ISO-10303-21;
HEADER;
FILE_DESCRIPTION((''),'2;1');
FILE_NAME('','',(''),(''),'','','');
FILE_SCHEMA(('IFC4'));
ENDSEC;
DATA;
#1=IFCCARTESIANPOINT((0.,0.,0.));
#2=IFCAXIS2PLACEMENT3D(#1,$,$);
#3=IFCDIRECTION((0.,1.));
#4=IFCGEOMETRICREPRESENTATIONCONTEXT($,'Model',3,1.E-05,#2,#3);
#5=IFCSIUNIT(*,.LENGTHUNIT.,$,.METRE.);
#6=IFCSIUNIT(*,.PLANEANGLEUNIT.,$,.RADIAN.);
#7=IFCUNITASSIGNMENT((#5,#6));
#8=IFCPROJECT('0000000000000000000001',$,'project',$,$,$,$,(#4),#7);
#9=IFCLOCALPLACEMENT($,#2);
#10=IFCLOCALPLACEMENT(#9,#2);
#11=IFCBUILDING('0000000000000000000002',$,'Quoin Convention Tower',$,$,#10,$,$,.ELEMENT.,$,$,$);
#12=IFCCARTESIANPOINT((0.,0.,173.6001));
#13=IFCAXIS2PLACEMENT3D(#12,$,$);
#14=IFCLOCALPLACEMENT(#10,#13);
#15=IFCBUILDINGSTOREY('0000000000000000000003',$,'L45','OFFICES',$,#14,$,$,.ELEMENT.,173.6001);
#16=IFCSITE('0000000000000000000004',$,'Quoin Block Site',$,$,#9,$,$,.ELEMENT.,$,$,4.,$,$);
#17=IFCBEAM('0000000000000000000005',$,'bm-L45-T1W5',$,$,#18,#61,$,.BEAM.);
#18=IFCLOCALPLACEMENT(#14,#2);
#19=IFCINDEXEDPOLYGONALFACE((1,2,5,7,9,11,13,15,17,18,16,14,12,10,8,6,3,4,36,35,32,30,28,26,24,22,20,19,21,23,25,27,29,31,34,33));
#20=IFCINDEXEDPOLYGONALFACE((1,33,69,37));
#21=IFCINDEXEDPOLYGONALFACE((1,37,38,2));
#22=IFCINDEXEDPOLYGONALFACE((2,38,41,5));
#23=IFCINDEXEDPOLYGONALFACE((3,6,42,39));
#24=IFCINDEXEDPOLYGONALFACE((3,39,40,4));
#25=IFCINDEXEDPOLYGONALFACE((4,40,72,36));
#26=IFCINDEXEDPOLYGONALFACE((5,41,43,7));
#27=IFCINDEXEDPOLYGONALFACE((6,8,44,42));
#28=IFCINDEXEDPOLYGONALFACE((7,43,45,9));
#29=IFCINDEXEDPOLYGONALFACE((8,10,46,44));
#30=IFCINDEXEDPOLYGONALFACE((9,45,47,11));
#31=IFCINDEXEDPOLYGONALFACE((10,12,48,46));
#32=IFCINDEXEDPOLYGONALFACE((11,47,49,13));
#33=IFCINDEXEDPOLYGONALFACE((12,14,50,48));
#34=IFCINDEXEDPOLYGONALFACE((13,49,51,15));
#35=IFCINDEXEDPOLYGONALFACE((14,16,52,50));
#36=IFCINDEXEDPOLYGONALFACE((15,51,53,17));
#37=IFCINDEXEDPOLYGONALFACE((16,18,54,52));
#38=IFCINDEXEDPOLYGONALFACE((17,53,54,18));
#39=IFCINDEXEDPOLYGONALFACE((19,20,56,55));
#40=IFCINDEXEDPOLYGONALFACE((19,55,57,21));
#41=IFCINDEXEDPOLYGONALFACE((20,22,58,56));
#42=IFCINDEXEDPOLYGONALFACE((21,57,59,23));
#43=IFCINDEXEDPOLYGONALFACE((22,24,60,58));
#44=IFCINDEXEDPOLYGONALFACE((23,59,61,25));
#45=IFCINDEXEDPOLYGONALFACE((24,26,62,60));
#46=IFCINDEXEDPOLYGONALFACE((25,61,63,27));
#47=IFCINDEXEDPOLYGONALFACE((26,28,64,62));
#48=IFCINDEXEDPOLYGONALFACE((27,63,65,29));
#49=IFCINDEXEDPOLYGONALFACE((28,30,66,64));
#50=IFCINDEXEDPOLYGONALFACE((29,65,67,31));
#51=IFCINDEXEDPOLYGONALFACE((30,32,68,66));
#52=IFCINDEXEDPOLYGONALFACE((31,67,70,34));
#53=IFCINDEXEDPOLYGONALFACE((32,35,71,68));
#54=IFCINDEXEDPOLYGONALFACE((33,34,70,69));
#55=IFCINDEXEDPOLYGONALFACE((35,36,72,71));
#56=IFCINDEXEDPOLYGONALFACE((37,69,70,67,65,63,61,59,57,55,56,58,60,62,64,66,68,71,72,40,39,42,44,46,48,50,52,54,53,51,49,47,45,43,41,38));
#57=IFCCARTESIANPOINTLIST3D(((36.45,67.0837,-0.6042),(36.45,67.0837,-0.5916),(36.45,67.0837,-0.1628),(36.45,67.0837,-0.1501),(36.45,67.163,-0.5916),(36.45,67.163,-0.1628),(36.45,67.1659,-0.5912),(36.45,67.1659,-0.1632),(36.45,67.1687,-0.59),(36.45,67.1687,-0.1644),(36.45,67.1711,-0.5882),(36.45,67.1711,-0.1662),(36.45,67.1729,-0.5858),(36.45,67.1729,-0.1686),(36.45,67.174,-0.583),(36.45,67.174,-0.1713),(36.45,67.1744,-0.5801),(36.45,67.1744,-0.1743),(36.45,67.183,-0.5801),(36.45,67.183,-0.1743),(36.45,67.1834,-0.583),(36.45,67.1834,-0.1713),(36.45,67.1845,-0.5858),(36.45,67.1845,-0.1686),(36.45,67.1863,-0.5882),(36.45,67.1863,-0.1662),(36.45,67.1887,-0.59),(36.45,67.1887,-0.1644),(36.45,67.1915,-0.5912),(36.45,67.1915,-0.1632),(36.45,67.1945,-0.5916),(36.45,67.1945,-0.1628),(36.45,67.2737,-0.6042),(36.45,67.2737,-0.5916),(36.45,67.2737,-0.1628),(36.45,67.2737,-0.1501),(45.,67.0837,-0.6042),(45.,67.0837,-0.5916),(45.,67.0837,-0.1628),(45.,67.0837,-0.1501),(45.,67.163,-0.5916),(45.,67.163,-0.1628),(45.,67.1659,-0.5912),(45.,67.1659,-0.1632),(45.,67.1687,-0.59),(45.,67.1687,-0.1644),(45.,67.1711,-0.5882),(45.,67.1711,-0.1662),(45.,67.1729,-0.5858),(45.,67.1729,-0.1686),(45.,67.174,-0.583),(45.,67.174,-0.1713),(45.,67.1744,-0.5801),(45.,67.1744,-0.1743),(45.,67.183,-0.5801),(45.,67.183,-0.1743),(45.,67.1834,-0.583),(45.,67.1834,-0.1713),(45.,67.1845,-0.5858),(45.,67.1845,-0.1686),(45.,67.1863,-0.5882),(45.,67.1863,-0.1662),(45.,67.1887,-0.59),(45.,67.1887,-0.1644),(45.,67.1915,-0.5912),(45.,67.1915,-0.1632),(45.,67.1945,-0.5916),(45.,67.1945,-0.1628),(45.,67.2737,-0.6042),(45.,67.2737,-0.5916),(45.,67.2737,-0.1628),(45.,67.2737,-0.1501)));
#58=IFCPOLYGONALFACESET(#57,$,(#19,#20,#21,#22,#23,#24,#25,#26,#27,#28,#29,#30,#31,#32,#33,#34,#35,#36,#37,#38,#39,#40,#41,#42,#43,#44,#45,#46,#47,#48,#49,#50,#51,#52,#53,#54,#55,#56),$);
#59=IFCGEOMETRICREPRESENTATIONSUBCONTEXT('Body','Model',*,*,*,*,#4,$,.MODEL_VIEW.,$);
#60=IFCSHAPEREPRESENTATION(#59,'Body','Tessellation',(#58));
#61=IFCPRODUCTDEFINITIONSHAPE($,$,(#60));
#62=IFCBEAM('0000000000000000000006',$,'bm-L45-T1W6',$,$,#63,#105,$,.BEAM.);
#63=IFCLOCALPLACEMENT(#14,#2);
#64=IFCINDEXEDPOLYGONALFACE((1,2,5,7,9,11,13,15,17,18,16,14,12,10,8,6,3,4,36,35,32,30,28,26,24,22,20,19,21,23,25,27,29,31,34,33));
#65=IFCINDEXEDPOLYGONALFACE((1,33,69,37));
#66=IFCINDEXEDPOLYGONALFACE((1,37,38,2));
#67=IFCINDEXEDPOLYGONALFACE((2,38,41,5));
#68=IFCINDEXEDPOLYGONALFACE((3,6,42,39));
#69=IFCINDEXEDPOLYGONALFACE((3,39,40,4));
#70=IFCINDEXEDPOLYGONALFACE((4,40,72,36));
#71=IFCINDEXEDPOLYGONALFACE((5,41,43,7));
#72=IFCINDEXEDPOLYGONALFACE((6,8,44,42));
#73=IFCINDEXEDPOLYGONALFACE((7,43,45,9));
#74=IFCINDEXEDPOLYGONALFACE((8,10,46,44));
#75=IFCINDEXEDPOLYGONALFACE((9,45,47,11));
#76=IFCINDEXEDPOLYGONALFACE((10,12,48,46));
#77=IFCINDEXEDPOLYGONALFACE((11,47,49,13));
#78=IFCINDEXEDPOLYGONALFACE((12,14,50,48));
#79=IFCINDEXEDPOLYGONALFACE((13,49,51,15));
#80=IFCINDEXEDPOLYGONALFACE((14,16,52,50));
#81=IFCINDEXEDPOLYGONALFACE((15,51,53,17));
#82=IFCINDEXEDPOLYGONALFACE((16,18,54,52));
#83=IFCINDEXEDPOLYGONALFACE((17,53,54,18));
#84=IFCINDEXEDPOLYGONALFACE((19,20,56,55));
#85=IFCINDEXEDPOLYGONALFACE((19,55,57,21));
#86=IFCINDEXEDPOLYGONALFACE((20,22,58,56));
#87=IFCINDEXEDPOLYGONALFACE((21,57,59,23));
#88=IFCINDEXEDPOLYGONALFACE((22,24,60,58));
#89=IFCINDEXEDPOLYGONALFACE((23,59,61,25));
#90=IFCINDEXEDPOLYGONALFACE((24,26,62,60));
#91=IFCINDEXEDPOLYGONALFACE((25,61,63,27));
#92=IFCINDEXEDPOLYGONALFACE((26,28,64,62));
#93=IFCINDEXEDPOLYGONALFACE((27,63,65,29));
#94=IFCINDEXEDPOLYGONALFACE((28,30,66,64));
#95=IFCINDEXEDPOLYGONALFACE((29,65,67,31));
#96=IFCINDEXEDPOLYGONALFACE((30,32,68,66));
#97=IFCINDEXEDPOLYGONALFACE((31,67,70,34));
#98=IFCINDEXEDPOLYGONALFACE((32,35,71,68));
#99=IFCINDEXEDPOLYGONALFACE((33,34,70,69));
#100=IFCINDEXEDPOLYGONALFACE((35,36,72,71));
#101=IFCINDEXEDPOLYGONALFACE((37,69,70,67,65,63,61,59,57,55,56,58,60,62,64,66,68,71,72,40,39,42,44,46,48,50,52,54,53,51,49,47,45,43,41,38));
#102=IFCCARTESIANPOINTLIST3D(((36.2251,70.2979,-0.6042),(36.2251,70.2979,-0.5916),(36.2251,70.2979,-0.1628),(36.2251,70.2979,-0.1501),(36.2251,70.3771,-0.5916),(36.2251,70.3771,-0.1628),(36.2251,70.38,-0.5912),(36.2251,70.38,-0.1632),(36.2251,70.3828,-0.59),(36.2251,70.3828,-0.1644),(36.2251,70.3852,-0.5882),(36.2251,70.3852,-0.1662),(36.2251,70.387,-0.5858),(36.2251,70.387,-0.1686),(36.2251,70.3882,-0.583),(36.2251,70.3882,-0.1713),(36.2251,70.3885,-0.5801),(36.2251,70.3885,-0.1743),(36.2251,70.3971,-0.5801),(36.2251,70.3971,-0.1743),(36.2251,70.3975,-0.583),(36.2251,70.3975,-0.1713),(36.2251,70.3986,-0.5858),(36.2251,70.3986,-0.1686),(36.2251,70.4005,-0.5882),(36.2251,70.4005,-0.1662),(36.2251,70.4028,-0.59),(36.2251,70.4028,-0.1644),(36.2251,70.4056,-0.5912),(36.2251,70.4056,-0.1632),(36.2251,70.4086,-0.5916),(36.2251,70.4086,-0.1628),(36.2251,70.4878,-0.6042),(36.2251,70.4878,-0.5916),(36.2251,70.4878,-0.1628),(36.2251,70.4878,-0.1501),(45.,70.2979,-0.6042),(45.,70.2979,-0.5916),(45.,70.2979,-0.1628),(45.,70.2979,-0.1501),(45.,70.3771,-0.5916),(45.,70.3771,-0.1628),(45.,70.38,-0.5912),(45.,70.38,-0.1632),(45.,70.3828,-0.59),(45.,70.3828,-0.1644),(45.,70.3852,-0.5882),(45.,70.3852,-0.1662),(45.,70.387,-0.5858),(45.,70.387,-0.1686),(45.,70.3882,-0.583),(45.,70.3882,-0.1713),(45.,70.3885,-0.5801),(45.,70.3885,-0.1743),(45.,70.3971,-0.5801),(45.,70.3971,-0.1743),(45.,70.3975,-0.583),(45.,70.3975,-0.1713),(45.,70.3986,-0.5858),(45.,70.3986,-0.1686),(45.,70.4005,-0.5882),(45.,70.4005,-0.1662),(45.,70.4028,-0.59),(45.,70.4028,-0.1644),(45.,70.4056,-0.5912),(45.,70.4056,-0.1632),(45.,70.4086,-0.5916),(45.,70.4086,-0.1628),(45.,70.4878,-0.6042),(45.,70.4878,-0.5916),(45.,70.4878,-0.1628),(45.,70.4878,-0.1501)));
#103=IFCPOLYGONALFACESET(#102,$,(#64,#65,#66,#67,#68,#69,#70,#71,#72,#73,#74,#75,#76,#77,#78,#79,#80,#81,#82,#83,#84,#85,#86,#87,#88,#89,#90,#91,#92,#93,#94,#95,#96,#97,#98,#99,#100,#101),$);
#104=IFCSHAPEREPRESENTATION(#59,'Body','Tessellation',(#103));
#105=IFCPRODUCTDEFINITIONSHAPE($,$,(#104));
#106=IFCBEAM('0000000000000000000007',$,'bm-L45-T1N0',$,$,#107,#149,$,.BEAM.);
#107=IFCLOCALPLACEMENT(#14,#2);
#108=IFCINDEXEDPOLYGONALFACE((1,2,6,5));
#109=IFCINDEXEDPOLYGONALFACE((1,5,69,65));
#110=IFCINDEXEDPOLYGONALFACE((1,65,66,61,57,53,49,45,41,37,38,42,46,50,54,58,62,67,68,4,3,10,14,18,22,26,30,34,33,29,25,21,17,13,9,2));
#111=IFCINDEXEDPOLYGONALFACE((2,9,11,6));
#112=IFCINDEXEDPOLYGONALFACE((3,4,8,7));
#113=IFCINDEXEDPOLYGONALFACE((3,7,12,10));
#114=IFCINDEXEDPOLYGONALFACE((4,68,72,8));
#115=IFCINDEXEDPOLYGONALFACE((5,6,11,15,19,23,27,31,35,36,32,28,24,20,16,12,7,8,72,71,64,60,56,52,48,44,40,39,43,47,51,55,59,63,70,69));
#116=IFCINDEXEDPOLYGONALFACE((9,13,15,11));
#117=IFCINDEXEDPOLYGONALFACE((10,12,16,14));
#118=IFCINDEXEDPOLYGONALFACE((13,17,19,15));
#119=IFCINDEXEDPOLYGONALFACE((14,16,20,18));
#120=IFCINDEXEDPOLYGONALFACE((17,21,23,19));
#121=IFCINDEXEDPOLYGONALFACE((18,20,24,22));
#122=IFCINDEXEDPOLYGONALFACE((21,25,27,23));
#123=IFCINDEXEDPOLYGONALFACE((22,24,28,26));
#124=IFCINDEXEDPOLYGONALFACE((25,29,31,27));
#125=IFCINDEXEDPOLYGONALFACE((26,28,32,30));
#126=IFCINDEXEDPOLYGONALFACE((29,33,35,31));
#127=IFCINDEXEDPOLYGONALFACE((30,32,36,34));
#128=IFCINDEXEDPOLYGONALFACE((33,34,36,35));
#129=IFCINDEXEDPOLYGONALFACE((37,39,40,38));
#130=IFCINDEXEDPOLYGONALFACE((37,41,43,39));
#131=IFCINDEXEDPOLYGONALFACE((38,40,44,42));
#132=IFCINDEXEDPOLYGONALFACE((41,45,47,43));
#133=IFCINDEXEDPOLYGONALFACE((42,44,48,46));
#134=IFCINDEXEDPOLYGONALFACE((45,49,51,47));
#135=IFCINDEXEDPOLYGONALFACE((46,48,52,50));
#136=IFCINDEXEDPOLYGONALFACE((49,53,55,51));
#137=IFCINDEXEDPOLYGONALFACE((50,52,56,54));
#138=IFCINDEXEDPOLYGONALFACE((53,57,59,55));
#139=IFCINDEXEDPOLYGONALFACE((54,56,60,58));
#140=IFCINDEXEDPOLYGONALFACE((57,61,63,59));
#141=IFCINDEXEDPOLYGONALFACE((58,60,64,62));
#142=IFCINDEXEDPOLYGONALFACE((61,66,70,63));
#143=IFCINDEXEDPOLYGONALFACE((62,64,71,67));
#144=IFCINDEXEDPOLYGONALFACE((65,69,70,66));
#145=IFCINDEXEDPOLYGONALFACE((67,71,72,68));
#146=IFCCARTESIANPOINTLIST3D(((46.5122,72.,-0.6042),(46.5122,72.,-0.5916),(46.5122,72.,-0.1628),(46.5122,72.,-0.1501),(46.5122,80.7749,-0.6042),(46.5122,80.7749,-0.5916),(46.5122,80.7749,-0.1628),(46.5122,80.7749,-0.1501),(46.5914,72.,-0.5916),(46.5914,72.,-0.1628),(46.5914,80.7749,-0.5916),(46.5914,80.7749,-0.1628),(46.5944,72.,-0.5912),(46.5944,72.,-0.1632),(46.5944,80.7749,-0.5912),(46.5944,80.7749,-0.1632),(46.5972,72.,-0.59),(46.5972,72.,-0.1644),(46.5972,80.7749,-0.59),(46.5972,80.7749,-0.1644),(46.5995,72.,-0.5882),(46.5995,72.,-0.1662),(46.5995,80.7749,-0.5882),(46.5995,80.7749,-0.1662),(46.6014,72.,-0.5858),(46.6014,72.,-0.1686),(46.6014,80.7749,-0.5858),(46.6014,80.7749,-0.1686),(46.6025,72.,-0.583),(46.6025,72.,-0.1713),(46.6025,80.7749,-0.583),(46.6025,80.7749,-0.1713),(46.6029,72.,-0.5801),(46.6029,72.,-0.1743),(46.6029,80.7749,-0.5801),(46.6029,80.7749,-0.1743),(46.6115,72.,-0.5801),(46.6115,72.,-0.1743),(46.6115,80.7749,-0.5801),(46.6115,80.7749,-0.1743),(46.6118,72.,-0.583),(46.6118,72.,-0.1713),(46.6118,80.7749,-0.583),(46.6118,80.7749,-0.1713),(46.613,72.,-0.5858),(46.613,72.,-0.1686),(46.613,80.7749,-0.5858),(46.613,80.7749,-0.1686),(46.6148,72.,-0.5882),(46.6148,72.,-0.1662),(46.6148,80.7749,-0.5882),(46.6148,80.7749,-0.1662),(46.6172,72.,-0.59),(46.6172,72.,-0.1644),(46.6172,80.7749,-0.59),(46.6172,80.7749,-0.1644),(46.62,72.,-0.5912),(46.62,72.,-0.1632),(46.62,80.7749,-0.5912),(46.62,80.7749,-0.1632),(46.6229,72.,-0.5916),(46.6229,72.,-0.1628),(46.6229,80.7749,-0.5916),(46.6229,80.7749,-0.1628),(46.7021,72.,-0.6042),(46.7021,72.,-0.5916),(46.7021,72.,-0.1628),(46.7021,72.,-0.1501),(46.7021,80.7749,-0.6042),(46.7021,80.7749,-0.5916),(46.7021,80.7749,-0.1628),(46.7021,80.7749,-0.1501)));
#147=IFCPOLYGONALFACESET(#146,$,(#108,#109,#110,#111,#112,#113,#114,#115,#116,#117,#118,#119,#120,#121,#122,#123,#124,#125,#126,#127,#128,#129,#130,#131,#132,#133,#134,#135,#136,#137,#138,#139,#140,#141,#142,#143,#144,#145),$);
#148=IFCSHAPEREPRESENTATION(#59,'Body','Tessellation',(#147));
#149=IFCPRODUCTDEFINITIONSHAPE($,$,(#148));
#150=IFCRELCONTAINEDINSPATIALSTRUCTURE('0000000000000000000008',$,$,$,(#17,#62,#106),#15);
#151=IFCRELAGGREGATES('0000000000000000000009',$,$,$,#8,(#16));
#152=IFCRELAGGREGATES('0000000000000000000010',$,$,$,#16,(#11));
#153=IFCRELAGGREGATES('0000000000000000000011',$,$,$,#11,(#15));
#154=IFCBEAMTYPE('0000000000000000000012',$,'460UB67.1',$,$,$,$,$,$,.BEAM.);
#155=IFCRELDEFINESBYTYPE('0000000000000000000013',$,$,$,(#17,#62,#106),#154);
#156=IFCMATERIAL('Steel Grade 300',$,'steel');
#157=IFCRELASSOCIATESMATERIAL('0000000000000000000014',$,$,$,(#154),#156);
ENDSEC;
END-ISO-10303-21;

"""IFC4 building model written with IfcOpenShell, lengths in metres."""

from ifc_helpers import new_model, si_unit, direction, frame, origin, origin_2d, place, context, subcontext, project, spatial, i_section, extrude, material, material_profile, profile_set, type_object, element, save


model = new_model("IFC4")

# Units and contexts
model_context = context("Model", 3, precision=1e-05, world=origin(), true_north=direction((0.0, 1.0)))
body_context = subcontext(model_context, "Body", "Model", "MODEL_VIEW")
ifc_project = project(units=[si_unit("LENGTHUNIT", "METRE"), si_unit("PLANEANGLEUNIT", "RADIAN")], contexts=[model_context])

# Site, building, storey
site_placement = place(None, origin())
site = spatial("IfcSite", under=ifc_project, at=site_placement, Name="Quoin Block Site", CompositionType="ELEMENT", RefElevation=4.0)
building_placement = place(site_placement, origin())
building = spatial("IfcBuilding", under=site, at=building_placement, Name="Quoin Convention Tower", CompositionType="ELEMENT")
storey_placement = place(building_placement, frame((0.0, 0.0, 173.6001)))
storey = spatial("IfcBuildingStorey", under=building, at=storey_placement, Name="L45", Description="OFFICES", CompositionType="ELEMENT", Elevation=173.6001)

# Beams
ifc_material_1 = material(Name="Steel Grade 300", Category="steel")
ifc_material_profile = material_profile(ifc_material_1, i_section(OverallWidth=0.1899, OverallDepth=0.4541, WebThickness=0.0085, FlangeThickness=0.0127, FilletRadius=0.0115, at=origin_2d()), Name="460UB67.1")
ifc_profile_set = profile_set([ifc_material_profile], Name="Steel Grade 300")
beam_type = type_object("IfcBeamType", Name="460UB67.1", PredefinedType="BEAM", material=ifc_profile_set)
beam_placement = place(storey_placement, frame((36.45, 67.1787, -0.3772), z_axis=(1.0, 0.0, 0.0), x_axis=(0.0, 1.0, 0.0)))
element("IfcBeam", 1, at=beam_placement, inside=storey, type_object=beam_type, Name="bm-L45-T1W5", PredefinedType="BEAM", context=body_context, shape_type="SweptSolid", body=[
    extrude(i_section(OverallWidth=0.1899, OverallDepth=0.4541, WebThickness=0.0085, FlangeThickness=0.0127, FilletRadius=0.0115, at=origin_2d()), origin(), (0.0, 0.0, 1.0), 8.55),
])
for number, where, z_axis, x_axis, name in (
    (2, (36.2251, 70.3928, -0.3772), (1.0, 0.0, 0.0), (0.0, 1.0, 0.0), "bm-L45-T1W6"),
    (3, (46.6072, 72.0, -0.3772), (0.0, 1.0, 0.0), (-1.0, 0.0, 0.0), "bm-L45-T1N0"),
):
    element("IfcBeam", number, at=place(storey_placement, frame(where, z_axis=z_axis, x_axis=x_axis)), inside=storey, type_object=beam_type, Name=name, PredefinedType="BEAM", context=body_context, shape_type="SweptSolid", body=[
        extrude(i_section(OverallWidth=0.1899, OverallDepth=0.4541, WebThickness=0.0085, FlangeThickness=0.0127, FilletRadius=0.0115, at=origin_2d()), origin(), (0.0, 0.0, 1.0), 8.7749),
    ])

save(model, "model.ifc")
